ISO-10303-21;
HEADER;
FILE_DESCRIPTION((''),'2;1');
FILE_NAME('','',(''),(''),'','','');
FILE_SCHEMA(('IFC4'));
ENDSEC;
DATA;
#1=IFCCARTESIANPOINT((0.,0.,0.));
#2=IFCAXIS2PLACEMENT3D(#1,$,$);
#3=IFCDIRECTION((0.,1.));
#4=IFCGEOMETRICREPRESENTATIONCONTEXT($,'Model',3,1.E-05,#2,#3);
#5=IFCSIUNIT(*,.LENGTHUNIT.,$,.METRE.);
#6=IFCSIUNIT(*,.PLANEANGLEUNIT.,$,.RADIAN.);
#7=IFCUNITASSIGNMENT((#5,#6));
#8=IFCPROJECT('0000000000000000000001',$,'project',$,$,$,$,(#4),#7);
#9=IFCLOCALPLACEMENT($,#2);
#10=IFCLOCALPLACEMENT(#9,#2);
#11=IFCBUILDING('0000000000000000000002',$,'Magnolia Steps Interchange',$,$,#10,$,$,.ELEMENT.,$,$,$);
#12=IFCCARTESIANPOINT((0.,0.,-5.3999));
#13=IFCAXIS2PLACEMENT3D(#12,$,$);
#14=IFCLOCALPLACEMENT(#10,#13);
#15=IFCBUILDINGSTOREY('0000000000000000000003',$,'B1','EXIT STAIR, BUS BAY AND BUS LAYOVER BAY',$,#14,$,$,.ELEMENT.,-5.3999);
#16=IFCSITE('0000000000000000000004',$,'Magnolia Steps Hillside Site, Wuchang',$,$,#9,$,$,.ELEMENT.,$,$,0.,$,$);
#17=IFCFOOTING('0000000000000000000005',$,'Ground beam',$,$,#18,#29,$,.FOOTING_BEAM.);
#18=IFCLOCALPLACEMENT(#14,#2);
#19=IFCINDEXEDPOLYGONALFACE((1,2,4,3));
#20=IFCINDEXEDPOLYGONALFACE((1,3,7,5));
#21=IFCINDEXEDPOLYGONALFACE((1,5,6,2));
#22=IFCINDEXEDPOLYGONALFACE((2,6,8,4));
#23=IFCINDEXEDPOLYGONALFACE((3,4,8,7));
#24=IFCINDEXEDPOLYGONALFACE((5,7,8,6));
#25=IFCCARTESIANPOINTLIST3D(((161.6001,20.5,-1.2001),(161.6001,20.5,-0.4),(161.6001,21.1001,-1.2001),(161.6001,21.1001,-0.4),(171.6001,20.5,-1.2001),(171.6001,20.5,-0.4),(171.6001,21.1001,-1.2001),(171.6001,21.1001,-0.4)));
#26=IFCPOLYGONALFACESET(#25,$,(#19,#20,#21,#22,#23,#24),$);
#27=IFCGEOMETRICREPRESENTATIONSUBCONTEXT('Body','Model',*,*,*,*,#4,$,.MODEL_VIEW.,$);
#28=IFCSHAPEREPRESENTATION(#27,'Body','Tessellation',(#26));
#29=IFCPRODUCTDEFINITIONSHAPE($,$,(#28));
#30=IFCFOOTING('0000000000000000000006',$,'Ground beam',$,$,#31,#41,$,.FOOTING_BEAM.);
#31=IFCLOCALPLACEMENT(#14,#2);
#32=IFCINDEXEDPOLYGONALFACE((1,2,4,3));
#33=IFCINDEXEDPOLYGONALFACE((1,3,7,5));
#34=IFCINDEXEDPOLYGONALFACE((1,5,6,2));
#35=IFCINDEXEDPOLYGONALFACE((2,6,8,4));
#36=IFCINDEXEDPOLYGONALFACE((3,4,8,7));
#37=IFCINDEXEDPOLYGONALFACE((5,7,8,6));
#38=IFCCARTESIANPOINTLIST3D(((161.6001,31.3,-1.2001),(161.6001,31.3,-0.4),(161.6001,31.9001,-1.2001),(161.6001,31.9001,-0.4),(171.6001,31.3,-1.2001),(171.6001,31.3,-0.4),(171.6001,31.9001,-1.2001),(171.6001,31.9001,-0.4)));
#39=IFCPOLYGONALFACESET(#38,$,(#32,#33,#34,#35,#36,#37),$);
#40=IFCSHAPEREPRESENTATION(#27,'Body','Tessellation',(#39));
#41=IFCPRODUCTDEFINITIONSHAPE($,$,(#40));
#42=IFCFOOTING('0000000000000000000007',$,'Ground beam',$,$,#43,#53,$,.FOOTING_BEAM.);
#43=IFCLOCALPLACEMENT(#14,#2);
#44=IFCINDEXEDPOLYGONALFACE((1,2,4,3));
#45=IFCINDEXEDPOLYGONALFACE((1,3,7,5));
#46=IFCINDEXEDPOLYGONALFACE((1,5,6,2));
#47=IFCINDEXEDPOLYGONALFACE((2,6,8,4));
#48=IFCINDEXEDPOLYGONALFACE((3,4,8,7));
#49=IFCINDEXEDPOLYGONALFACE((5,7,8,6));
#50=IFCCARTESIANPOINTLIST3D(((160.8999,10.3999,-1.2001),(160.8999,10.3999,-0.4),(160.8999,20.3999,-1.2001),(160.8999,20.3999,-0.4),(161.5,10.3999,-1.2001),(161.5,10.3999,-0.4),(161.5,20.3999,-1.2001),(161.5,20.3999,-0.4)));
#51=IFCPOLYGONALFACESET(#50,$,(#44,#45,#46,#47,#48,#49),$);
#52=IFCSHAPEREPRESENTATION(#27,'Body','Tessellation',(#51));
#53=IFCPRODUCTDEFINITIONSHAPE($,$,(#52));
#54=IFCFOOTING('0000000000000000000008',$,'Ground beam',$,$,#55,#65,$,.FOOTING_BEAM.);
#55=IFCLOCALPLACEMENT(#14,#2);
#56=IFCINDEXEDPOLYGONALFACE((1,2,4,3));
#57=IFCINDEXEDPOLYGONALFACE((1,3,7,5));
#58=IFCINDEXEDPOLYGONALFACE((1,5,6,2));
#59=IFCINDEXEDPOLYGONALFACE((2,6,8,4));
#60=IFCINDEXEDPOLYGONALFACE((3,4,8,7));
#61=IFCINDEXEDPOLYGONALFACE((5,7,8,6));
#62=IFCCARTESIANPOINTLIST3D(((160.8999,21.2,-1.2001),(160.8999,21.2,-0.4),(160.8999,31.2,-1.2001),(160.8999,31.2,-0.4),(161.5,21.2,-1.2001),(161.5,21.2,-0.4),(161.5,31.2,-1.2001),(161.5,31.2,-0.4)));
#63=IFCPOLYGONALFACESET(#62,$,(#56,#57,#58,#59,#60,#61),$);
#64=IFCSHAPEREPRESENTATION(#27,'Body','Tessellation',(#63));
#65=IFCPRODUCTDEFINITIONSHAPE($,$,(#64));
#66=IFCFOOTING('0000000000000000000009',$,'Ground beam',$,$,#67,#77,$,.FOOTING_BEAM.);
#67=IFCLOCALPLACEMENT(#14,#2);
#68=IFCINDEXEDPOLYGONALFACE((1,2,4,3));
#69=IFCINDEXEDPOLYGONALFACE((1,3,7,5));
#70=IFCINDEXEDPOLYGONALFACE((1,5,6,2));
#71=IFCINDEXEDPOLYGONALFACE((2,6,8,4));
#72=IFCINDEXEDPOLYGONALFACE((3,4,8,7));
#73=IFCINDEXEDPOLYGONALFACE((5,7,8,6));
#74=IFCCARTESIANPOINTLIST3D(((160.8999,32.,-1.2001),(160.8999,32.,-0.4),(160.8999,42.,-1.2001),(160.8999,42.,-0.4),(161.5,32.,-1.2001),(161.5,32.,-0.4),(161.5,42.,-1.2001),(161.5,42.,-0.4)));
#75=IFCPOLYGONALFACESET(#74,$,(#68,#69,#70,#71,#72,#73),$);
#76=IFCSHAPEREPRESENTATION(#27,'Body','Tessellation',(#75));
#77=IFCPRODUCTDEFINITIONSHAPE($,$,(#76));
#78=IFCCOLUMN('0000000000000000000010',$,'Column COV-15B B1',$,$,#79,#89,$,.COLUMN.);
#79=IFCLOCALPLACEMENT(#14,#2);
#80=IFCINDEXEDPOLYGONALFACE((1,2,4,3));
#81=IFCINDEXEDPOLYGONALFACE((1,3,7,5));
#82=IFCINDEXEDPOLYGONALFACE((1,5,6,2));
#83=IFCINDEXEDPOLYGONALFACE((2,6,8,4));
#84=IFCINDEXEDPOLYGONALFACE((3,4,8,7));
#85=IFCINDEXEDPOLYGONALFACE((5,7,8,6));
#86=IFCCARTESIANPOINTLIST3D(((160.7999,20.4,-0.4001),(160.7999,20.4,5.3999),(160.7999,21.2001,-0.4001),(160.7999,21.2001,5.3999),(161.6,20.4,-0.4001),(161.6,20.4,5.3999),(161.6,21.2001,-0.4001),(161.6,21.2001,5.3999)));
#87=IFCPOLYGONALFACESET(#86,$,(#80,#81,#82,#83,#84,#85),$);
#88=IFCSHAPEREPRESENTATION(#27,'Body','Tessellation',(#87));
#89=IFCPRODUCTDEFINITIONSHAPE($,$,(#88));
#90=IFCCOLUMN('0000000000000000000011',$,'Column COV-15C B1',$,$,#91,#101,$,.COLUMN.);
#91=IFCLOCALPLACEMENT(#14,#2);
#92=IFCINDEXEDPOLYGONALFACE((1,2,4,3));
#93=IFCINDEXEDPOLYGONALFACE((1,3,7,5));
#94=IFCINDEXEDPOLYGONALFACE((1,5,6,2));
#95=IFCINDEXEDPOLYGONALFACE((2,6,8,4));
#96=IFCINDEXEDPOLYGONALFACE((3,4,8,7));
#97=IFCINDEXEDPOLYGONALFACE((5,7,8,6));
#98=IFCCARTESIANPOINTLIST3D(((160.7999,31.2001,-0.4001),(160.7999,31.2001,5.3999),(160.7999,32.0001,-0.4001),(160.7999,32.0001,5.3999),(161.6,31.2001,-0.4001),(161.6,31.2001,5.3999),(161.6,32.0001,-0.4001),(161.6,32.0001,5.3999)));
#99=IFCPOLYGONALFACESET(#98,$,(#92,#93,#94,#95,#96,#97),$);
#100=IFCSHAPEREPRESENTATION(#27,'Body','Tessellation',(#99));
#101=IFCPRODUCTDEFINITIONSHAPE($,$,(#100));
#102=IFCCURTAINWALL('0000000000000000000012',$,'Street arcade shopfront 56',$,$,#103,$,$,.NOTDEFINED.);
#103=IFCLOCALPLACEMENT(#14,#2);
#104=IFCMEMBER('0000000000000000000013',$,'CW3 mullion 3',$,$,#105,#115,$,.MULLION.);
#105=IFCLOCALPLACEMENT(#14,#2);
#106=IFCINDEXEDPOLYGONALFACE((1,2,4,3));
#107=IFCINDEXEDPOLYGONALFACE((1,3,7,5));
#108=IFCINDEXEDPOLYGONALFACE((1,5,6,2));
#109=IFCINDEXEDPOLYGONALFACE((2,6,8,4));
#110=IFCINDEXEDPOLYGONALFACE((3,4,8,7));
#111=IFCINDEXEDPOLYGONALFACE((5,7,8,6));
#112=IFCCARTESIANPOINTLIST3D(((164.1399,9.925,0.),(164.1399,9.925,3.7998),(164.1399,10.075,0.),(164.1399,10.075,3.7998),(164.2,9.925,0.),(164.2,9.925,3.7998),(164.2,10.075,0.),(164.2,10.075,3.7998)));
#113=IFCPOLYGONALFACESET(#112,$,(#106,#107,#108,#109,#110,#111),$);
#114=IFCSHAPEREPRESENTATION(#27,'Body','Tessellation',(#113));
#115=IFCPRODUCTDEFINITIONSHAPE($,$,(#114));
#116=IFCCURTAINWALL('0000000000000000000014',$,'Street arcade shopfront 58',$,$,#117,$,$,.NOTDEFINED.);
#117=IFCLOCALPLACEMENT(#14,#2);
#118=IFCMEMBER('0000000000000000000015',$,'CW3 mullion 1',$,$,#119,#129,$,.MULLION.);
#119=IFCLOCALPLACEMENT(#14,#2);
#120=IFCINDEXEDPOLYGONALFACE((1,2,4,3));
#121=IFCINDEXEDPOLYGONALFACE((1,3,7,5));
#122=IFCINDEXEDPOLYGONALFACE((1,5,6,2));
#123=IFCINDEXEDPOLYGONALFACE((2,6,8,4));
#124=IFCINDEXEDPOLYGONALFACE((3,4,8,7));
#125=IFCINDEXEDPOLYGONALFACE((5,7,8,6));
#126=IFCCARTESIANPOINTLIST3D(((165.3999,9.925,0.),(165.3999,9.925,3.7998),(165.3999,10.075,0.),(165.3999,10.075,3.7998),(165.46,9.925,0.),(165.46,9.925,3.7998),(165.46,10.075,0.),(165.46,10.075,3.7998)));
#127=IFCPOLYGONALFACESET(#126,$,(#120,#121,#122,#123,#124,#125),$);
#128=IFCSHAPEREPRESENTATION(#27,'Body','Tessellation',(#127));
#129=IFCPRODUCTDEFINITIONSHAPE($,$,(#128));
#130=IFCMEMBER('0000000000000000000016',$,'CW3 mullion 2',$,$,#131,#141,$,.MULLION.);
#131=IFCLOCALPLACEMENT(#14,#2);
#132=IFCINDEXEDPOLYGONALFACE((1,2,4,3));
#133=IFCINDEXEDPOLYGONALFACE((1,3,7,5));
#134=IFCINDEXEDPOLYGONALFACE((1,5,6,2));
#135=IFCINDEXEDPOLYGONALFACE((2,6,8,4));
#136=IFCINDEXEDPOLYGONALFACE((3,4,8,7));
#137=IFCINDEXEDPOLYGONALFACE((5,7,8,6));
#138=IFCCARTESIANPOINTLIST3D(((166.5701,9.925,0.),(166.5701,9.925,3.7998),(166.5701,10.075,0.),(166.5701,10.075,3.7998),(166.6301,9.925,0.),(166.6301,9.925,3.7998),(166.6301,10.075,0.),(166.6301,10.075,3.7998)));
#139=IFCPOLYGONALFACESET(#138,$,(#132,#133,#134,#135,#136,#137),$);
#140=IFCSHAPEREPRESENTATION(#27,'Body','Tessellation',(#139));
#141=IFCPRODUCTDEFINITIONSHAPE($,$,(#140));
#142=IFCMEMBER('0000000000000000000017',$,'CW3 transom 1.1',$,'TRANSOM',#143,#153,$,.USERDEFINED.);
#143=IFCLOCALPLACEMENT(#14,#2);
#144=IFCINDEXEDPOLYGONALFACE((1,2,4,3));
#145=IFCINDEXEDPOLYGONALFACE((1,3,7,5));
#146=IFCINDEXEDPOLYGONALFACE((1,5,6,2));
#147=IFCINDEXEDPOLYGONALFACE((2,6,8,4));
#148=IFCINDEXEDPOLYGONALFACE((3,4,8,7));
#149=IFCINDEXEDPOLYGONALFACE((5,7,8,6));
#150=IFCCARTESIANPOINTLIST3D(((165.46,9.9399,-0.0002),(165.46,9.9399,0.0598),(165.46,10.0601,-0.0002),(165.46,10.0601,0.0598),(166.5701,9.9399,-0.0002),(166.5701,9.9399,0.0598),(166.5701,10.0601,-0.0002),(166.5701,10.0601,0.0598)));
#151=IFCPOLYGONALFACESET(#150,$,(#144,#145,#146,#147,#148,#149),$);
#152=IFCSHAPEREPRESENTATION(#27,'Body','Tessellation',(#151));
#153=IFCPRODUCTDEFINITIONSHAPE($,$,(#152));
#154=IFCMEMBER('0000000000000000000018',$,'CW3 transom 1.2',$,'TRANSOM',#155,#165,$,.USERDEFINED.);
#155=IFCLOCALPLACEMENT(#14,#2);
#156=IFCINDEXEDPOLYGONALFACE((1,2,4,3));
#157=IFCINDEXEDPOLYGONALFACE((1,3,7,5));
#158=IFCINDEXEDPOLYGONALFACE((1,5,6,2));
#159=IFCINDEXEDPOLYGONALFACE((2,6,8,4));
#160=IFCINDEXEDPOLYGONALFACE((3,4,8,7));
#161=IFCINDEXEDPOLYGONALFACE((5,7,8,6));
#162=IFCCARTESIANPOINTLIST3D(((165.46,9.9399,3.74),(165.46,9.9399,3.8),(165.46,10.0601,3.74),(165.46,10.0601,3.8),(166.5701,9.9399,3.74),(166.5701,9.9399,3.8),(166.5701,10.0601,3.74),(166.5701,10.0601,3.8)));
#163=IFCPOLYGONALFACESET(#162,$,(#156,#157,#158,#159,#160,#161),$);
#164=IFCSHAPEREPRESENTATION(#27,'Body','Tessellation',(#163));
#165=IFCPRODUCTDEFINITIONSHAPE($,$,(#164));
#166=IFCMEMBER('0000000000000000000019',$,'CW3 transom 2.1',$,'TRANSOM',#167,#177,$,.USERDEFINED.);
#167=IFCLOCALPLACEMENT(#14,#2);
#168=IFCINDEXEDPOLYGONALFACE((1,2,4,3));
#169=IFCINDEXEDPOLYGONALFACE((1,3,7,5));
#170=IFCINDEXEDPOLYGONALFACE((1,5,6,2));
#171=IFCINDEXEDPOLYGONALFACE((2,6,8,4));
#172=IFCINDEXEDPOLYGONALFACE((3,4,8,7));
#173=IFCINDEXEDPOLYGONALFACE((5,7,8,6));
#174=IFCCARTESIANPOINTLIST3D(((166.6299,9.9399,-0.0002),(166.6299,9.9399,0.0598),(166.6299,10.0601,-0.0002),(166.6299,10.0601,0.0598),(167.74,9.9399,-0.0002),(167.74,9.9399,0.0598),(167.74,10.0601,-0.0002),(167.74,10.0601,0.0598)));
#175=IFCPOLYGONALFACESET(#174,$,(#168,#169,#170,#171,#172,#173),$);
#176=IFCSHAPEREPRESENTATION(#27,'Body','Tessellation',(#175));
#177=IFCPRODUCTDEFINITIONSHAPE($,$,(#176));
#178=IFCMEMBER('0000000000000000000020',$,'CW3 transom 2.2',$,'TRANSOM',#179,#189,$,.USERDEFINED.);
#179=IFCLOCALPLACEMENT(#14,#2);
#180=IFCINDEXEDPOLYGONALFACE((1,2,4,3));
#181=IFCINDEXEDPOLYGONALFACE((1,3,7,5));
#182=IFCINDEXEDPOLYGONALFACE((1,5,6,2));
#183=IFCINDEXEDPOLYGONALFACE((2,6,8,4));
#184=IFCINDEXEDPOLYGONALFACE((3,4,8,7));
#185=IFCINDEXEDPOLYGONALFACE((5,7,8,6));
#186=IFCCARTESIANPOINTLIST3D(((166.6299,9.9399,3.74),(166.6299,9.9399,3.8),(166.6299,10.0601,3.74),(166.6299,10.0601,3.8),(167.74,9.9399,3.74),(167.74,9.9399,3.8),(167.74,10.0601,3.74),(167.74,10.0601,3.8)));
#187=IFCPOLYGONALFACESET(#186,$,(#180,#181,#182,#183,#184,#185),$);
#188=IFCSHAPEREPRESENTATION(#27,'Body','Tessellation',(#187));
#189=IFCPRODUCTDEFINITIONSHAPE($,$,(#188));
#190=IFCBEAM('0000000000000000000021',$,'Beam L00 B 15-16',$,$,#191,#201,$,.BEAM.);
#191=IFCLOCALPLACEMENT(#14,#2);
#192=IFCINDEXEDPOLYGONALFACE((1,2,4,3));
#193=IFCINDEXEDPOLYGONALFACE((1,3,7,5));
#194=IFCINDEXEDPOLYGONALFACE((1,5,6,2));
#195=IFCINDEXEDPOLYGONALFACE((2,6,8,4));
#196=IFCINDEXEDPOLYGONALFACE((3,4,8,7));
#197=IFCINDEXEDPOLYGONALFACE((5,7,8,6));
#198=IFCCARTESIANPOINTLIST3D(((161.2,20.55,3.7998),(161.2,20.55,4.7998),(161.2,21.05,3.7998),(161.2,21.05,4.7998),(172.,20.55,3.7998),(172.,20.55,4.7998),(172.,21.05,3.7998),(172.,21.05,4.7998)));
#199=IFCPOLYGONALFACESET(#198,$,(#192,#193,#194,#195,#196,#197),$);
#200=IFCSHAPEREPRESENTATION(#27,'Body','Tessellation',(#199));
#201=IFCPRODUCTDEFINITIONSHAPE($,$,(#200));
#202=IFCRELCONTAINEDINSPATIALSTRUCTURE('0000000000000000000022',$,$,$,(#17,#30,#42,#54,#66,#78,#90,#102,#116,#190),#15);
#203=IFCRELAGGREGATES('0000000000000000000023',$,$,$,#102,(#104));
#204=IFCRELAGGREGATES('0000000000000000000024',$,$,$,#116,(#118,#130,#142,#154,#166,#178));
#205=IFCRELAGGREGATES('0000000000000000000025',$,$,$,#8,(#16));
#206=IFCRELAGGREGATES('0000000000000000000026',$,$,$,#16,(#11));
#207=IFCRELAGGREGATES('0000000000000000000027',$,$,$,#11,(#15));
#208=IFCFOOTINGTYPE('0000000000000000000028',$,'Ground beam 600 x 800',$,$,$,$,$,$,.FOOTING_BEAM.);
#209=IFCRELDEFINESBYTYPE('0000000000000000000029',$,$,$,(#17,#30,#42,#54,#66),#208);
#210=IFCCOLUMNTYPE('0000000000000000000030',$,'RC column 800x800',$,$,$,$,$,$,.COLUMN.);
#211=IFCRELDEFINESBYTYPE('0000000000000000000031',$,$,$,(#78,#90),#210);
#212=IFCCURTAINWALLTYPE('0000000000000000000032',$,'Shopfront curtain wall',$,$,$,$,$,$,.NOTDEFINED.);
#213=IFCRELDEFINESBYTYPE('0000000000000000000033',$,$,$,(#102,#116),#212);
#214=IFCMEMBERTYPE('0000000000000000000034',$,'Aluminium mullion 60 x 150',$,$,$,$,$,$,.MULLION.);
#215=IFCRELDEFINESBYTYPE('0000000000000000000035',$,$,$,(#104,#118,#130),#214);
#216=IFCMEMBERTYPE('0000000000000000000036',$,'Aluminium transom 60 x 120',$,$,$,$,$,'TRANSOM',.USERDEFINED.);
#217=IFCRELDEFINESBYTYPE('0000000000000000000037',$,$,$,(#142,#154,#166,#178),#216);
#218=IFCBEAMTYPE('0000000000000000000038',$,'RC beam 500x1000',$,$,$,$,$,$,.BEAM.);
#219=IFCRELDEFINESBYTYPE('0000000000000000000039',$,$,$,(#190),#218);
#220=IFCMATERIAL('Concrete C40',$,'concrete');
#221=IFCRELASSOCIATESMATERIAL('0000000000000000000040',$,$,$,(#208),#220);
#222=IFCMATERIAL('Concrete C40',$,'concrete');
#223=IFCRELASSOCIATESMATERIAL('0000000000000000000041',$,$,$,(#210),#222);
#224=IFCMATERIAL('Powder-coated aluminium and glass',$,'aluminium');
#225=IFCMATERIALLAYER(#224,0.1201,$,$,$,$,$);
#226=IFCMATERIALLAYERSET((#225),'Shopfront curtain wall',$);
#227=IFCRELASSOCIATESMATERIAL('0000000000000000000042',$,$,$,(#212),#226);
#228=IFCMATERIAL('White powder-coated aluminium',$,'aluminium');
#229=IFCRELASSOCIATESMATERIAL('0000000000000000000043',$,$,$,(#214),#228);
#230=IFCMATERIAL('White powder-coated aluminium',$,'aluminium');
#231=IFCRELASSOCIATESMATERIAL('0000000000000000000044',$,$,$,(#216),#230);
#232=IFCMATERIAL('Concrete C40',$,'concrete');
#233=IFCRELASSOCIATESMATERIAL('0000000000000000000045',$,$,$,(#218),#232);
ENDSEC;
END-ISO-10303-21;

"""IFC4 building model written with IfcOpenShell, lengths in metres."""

from ifc_helpers import new_model, si_unit, direction, frame, origin, origin_2d, place, context, subcontext, project, spatial, rectangle, extrude, material, layer, layer_set, material_profile, profile_set, type_object, element, aggregate, save


model = new_model("IFC4")

# Units and contexts
model_context = context("Model", 3, precision=1e-05, world=origin(), true_north=direction((0.0, 1.0)))
body_context = subcontext(model_context, "Body", "Model", "MODEL_VIEW")
ifc_project = project(units=[si_unit("LENGTHUNIT", "METRE"), si_unit("PLANEANGLEUNIT", "RADIAN")], contexts=[model_context])

# Site, building, storey
site_placement = place(None, origin())
site = spatial("IfcSite", under=ifc_project, at=site_placement, Name="Magnolia Steps Hillside Site, Wuchang", CompositionType="ELEMENT", RefElevation=0.0)
building_placement = place(site_placement, origin())
building = spatial("IfcBuilding", under=site, at=building_placement, Name="Magnolia Steps Interchange", CompositionType="ELEMENT")
storey_placement = place(building_placement, frame((0.0, 0.0, -5.3999)))
storey = spatial("IfcBuildingStorey", under=building, at=storey_placement, Name="B1", Description="EXIT STAIR, BUS BAY AND BUS LAYOVER BAY", CompositionType="ELEMENT", Elevation=-5.3999)

# Footings
ifc_material_1 = material(Name="Concrete C40", Category="concrete")
ifc_material_profile_1 = material_profile(ifc_material_1, rectangle(XDim=0.6001, YDim=0.8, at=origin_2d()), Name="RC600x800")
ifc_profile_set_1 = profile_set([ifc_material_profile_1], Name="Concrete C40")
footing_type = type_object("IfcFootingType", Name="Ground beam 600 x 800", PredefinedType="FOOTING_BEAM", material=ifc_profile_set_1)
for number, where, z_axis, x_axis, name in (
    (1, (161.6001, 20.8, -0.8), (1.0, 0.0, 0.0), (0.0, 1.0, 0.0), "Ground beam"),
    (2, (161.6001, 31.6001, -0.8), (1.0, 0.0, 0.0), (0.0, 1.0, 0.0), "Ground beam"),
    (3, (161.2, 10.3999, -0.8), (0.0, 1.0, 0.0), (-1.0, 0.0, 0.0), "Ground beam"),
    (4, (161.2, 21.2, -0.8), (0.0, 1.0, 0.0), (-1.0, 0.0, 0.0), "Ground beam"),
    (5, (161.2, 32.0, -0.8), (0.0, 1.0, 0.0), (-1.0, 0.0, 0.0), "Ground beam"),
):
    element("IfcFooting", number, at=place(storey_placement, frame(where, z_axis=z_axis, x_axis=x_axis)), inside=storey, type_object=footing_type, Name=name, PredefinedType="FOOTING_BEAM", context=body_context, shape_type="SweptSolid", body=[
        extrude(rectangle(XDim=0.6001, YDim=0.8, at=origin_2d()), origin(), (0.0, 0.0, 1.0), 10.0),
    ])

# Columns
ifc_material_2 = material(Name="Concrete C40", Category="concrete")
ifc_material_profile_2 = material_profile(ifc_material_2, rectangle(XDim=0.8, YDim=0.8, at=origin_2d()), Name="RC800x800")
ifc_profile_set_2 = profile_set([ifc_material_profile_2], Name="Concrete C40")
column_type = type_object("IfcColumnType", Name="RC column 800x800", PredefinedType="COLUMN", material=ifc_profile_set_2)
for number, where, z_axis, x_axis, name in (
    (6, (161.2, 20.8, -0.4001), (0.0, 0.0, 1.0), (1.0, 0.0, 0.0), "Column COV-15B B1"),
    (7, (161.2, 31.6001, -0.4001), (0.0, 0.0, 1.0), (1.0, 0.0, 0.0), "Column COV-15C B1"),
):
    element("IfcColumn", number, at=place(storey_placement, frame(where, z_axis=z_axis, x_axis=x_axis)), inside=storey, type_object=column_type, Name=name, PredefinedType="COLUMN", context=body_context, shape_type="SweptSolid", body=[
        extrude(rectangle(XDim=0.8, YDim=0.8, at=origin_2d()), origin(), (0.0, 0.0, 1.0), 5.8),
    ])

# Curtain wall, member
ifc_material_3 = material(Name="Powder-coated aluminium and glass", Category="aluminium")
ifc_layer_1 = layer(ifc_material_3, 0.1201)
ifc_layer_set_1 = layer_set([ifc_layer_1], Name="Shopfront curtain wall")
curtain_wall_type = type_object("IfcCurtainWallType", Name="Shopfront curtain wall", PredefinedType="NOTDEFINED", material=ifc_layer_set_1)
curtain_wall_1_placement = place(storey_placement, origin())
curtain_wall_1 = element("IfcCurtainWall", 8, at=curtain_wall_1_placement, inside=storey, type_object=curtain_wall_type, Name="Street arcade shopfront 56", PredefinedType="NOTDEFINED")
ifc_material_4 = material(Name="White powder-coated aluminium", Category="aluminium")
ifc_material_profile_3 = material_profile(ifc_material_4, rectangle(XDim=0.0601, YDim=0.1499, at=origin_2d()), Name="Aluminium mullion 60 x 150")
ifc_profile_set_3 = profile_set([ifc_material_profile_3], Name="White powder-coated aluminium")
member_type_1 = type_object("IfcMemberType", Name="Aluminium mullion 60 x 150", PredefinedType="MULLION", material=ifc_profile_set_3)
member_1_placement = place(storey_placement, frame((164.1699, 10.0, 0.0), z_axis=(0.0, 0.0, 1.0), x_axis=(1.0, 0.0, 0.0)))
member_1 = element("IfcMember", 9, at=member_1_placement, type_object=member_type_1, Name="CW3 mullion 3", PredefinedType="MULLION", context=body_context, shape_type="SweptSolid", body=[
    extrude(rectangle(XDim=0.0601, YDim=0.1499, at=origin_2d()), origin(), (0.0, 0.0, 1.0), 3.7998),
])

# Curtain wall, members
curtain_wall_2_placement = place(storey_placement, origin())
curtain_wall_2 = element("IfcCurtainWall", 10, at=curtain_wall_2_placement, inside=storey, type_object=curtain_wall_type, Name="Street arcade shopfront 58", PredefinedType="NOTDEFINED")
member_2_placement = place(storey_placement, frame((165.4299, 10.0, 0.0), z_axis=(0.0, 0.0, 1.0), x_axis=(1.0, 0.0, 0.0)))
member_2 = element("IfcMember", 11, at=member_2_placement, type_object=member_type_1, Name="CW3 mullion 1", PredefinedType="MULLION", context=body_context, shape_type="SweptSolid", body=[
    extrude(rectangle(XDim=0.0601, YDim=0.1499, at=origin_2d()), origin(), (0.0, 0.0, 1.0), 3.7998),
])
member_3_placement = place(storey_placement, frame((166.6001, 10.0, 0.0), z_axis=(0.0, 0.0, 1.0), x_axis=(1.0, 0.0, 0.0)))
member_3 = element("IfcMember", 12, at=member_3_placement, type_object=member_type_1, Name="CW3 mullion 2", PredefinedType="MULLION", context=body_context, shape_type="SweptSolid", body=[
    extrude(rectangle(XDim=0.0601, YDim=0.1499, at=origin_2d()), origin(), (0.0, 0.0, 1.0), 3.7998),
])
ifc_material_5 = material(Name="White powder-coated aluminium", Category="aluminium")
ifc_material_profile_4 = material_profile(ifc_material_5, rectangle(XDim=0.0601, YDim=0.1201, at=origin_2d()), Name="Aluminium transom 60 x 120")
ifc_profile_set_4 = profile_set([ifc_material_profile_4], Name="White powder-coated aluminium")
member_type_2 = type_object("IfcMemberType", Name="Aluminium transom 60 x 120", ElementType="TRANSOM", PredefinedType="USERDEFINED", material=ifc_profile_set_4)
member_4_placement = place(storey_placement, frame((165.46, 10.0, 0.0298), z_axis=(1.0, 0.0, 0.0), x_axis=(0.0, 0.0, 1.0)))
member_4 = element("IfcMember", 13, at=member_4_placement, type_object=member_type_2, Name="CW3 transom 1.1", ObjectType="TRANSOM", PredefinedType="USERDEFINED", context=body_context, shape_type="SweptSolid", body=[
    extrude(rectangle(XDim=0.0601, YDim=0.1201, at=origin_2d()), origin(), (0.0, 0.0, 1.0), 1.1101),
])
member_5_placement = place(storey_placement, frame((165.46, 10.0, 3.77), z_axis=(1.0, 0.0, 0.0), x_axis=(0.0, 0.0, 1.0)))
member_5 = element("IfcMember", 14, at=member_5_placement, type_object=member_type_2, Name="CW3 transom 1.2", ObjectType="TRANSOM", PredefinedType="USERDEFINED", context=body_context, shape_type="SweptSolid", body=[
    extrude(rectangle(XDim=0.0601, YDim=0.1201, at=origin_2d()), origin(), (0.0, 0.0, 1.0), 1.1101),
])
member_6_placement = place(storey_placement, frame((166.6299, 10.0, 0.0298), z_axis=(1.0, 0.0, 0.0), x_axis=(0.0, 0.0, 1.0)))
member_6 = element("IfcMember", 15, at=member_6_placement, type_object=member_type_2, Name="CW3 transom 2.1", ObjectType="TRANSOM", PredefinedType="USERDEFINED", context=body_context, shape_type="SweptSolid", body=[
    extrude(rectangle(XDim=0.0601, YDim=0.1201, at=origin_2d()), origin(), (0.0, 0.0, 1.0), 1.1101),
])
member_7_placement = place(storey_placement, frame((166.6299, 10.0, 3.77), z_axis=(1.0, 0.0, 0.0), x_axis=(0.0, 0.0, 1.0)))
member_7 = element("IfcMember", 16, at=member_7_placement, type_object=member_type_2, Name="CW3 transom 2.2", ObjectType="TRANSOM", PredefinedType="USERDEFINED", context=body_context, shape_type="SweptSolid", body=[
    extrude(rectangle(XDim=0.0601, YDim=0.1201, at=origin_2d()), origin(), (0.0, 0.0, 1.0), 1.1101),
])

# Beam
ifc_material_6 = material(Name="Concrete C40", Category="concrete")
ifc_material_profile_5 = material_profile(ifc_material_6, rectangle(XDim=0.5, YDim=1.0, at=origin_2d()), Name="RC500x1000")
ifc_profile_set_5 = profile_set([ifc_material_profile_5], Name="Concrete C40")
beam_type = type_object("IfcBeamType", Name="RC beam 500x1000", PredefinedType="BEAM", material=ifc_profile_set_5)
for number, where, z_axis, x_axis, name in (
    (17, (161.2, 20.8, 4.2998), (1.0, 0.0, 0.0), (0.0, 1.0, 0.0), "Beam L00 B 15-16"),
):
    element("IfcBeam", number, at=place(storey_placement, frame(where, z_axis=z_axis, x_axis=x_axis)), inside=storey, type_object=beam_type, Name=name, PredefinedType="BEAM", context=body_context, shape_type="SweptSolid", body=[
        extrude(rectangle(XDim=0.5, YDim=1.0, at=origin_2d()), origin(), (0.0, 0.0, 1.0), 10.8),
    ])

aggregate(curtain_wall_1, [member_1])
aggregate(curtain_wall_2, [member_2, member_3, member_4, member_5, member_6, member_7])

save(model, "model.ifc")
